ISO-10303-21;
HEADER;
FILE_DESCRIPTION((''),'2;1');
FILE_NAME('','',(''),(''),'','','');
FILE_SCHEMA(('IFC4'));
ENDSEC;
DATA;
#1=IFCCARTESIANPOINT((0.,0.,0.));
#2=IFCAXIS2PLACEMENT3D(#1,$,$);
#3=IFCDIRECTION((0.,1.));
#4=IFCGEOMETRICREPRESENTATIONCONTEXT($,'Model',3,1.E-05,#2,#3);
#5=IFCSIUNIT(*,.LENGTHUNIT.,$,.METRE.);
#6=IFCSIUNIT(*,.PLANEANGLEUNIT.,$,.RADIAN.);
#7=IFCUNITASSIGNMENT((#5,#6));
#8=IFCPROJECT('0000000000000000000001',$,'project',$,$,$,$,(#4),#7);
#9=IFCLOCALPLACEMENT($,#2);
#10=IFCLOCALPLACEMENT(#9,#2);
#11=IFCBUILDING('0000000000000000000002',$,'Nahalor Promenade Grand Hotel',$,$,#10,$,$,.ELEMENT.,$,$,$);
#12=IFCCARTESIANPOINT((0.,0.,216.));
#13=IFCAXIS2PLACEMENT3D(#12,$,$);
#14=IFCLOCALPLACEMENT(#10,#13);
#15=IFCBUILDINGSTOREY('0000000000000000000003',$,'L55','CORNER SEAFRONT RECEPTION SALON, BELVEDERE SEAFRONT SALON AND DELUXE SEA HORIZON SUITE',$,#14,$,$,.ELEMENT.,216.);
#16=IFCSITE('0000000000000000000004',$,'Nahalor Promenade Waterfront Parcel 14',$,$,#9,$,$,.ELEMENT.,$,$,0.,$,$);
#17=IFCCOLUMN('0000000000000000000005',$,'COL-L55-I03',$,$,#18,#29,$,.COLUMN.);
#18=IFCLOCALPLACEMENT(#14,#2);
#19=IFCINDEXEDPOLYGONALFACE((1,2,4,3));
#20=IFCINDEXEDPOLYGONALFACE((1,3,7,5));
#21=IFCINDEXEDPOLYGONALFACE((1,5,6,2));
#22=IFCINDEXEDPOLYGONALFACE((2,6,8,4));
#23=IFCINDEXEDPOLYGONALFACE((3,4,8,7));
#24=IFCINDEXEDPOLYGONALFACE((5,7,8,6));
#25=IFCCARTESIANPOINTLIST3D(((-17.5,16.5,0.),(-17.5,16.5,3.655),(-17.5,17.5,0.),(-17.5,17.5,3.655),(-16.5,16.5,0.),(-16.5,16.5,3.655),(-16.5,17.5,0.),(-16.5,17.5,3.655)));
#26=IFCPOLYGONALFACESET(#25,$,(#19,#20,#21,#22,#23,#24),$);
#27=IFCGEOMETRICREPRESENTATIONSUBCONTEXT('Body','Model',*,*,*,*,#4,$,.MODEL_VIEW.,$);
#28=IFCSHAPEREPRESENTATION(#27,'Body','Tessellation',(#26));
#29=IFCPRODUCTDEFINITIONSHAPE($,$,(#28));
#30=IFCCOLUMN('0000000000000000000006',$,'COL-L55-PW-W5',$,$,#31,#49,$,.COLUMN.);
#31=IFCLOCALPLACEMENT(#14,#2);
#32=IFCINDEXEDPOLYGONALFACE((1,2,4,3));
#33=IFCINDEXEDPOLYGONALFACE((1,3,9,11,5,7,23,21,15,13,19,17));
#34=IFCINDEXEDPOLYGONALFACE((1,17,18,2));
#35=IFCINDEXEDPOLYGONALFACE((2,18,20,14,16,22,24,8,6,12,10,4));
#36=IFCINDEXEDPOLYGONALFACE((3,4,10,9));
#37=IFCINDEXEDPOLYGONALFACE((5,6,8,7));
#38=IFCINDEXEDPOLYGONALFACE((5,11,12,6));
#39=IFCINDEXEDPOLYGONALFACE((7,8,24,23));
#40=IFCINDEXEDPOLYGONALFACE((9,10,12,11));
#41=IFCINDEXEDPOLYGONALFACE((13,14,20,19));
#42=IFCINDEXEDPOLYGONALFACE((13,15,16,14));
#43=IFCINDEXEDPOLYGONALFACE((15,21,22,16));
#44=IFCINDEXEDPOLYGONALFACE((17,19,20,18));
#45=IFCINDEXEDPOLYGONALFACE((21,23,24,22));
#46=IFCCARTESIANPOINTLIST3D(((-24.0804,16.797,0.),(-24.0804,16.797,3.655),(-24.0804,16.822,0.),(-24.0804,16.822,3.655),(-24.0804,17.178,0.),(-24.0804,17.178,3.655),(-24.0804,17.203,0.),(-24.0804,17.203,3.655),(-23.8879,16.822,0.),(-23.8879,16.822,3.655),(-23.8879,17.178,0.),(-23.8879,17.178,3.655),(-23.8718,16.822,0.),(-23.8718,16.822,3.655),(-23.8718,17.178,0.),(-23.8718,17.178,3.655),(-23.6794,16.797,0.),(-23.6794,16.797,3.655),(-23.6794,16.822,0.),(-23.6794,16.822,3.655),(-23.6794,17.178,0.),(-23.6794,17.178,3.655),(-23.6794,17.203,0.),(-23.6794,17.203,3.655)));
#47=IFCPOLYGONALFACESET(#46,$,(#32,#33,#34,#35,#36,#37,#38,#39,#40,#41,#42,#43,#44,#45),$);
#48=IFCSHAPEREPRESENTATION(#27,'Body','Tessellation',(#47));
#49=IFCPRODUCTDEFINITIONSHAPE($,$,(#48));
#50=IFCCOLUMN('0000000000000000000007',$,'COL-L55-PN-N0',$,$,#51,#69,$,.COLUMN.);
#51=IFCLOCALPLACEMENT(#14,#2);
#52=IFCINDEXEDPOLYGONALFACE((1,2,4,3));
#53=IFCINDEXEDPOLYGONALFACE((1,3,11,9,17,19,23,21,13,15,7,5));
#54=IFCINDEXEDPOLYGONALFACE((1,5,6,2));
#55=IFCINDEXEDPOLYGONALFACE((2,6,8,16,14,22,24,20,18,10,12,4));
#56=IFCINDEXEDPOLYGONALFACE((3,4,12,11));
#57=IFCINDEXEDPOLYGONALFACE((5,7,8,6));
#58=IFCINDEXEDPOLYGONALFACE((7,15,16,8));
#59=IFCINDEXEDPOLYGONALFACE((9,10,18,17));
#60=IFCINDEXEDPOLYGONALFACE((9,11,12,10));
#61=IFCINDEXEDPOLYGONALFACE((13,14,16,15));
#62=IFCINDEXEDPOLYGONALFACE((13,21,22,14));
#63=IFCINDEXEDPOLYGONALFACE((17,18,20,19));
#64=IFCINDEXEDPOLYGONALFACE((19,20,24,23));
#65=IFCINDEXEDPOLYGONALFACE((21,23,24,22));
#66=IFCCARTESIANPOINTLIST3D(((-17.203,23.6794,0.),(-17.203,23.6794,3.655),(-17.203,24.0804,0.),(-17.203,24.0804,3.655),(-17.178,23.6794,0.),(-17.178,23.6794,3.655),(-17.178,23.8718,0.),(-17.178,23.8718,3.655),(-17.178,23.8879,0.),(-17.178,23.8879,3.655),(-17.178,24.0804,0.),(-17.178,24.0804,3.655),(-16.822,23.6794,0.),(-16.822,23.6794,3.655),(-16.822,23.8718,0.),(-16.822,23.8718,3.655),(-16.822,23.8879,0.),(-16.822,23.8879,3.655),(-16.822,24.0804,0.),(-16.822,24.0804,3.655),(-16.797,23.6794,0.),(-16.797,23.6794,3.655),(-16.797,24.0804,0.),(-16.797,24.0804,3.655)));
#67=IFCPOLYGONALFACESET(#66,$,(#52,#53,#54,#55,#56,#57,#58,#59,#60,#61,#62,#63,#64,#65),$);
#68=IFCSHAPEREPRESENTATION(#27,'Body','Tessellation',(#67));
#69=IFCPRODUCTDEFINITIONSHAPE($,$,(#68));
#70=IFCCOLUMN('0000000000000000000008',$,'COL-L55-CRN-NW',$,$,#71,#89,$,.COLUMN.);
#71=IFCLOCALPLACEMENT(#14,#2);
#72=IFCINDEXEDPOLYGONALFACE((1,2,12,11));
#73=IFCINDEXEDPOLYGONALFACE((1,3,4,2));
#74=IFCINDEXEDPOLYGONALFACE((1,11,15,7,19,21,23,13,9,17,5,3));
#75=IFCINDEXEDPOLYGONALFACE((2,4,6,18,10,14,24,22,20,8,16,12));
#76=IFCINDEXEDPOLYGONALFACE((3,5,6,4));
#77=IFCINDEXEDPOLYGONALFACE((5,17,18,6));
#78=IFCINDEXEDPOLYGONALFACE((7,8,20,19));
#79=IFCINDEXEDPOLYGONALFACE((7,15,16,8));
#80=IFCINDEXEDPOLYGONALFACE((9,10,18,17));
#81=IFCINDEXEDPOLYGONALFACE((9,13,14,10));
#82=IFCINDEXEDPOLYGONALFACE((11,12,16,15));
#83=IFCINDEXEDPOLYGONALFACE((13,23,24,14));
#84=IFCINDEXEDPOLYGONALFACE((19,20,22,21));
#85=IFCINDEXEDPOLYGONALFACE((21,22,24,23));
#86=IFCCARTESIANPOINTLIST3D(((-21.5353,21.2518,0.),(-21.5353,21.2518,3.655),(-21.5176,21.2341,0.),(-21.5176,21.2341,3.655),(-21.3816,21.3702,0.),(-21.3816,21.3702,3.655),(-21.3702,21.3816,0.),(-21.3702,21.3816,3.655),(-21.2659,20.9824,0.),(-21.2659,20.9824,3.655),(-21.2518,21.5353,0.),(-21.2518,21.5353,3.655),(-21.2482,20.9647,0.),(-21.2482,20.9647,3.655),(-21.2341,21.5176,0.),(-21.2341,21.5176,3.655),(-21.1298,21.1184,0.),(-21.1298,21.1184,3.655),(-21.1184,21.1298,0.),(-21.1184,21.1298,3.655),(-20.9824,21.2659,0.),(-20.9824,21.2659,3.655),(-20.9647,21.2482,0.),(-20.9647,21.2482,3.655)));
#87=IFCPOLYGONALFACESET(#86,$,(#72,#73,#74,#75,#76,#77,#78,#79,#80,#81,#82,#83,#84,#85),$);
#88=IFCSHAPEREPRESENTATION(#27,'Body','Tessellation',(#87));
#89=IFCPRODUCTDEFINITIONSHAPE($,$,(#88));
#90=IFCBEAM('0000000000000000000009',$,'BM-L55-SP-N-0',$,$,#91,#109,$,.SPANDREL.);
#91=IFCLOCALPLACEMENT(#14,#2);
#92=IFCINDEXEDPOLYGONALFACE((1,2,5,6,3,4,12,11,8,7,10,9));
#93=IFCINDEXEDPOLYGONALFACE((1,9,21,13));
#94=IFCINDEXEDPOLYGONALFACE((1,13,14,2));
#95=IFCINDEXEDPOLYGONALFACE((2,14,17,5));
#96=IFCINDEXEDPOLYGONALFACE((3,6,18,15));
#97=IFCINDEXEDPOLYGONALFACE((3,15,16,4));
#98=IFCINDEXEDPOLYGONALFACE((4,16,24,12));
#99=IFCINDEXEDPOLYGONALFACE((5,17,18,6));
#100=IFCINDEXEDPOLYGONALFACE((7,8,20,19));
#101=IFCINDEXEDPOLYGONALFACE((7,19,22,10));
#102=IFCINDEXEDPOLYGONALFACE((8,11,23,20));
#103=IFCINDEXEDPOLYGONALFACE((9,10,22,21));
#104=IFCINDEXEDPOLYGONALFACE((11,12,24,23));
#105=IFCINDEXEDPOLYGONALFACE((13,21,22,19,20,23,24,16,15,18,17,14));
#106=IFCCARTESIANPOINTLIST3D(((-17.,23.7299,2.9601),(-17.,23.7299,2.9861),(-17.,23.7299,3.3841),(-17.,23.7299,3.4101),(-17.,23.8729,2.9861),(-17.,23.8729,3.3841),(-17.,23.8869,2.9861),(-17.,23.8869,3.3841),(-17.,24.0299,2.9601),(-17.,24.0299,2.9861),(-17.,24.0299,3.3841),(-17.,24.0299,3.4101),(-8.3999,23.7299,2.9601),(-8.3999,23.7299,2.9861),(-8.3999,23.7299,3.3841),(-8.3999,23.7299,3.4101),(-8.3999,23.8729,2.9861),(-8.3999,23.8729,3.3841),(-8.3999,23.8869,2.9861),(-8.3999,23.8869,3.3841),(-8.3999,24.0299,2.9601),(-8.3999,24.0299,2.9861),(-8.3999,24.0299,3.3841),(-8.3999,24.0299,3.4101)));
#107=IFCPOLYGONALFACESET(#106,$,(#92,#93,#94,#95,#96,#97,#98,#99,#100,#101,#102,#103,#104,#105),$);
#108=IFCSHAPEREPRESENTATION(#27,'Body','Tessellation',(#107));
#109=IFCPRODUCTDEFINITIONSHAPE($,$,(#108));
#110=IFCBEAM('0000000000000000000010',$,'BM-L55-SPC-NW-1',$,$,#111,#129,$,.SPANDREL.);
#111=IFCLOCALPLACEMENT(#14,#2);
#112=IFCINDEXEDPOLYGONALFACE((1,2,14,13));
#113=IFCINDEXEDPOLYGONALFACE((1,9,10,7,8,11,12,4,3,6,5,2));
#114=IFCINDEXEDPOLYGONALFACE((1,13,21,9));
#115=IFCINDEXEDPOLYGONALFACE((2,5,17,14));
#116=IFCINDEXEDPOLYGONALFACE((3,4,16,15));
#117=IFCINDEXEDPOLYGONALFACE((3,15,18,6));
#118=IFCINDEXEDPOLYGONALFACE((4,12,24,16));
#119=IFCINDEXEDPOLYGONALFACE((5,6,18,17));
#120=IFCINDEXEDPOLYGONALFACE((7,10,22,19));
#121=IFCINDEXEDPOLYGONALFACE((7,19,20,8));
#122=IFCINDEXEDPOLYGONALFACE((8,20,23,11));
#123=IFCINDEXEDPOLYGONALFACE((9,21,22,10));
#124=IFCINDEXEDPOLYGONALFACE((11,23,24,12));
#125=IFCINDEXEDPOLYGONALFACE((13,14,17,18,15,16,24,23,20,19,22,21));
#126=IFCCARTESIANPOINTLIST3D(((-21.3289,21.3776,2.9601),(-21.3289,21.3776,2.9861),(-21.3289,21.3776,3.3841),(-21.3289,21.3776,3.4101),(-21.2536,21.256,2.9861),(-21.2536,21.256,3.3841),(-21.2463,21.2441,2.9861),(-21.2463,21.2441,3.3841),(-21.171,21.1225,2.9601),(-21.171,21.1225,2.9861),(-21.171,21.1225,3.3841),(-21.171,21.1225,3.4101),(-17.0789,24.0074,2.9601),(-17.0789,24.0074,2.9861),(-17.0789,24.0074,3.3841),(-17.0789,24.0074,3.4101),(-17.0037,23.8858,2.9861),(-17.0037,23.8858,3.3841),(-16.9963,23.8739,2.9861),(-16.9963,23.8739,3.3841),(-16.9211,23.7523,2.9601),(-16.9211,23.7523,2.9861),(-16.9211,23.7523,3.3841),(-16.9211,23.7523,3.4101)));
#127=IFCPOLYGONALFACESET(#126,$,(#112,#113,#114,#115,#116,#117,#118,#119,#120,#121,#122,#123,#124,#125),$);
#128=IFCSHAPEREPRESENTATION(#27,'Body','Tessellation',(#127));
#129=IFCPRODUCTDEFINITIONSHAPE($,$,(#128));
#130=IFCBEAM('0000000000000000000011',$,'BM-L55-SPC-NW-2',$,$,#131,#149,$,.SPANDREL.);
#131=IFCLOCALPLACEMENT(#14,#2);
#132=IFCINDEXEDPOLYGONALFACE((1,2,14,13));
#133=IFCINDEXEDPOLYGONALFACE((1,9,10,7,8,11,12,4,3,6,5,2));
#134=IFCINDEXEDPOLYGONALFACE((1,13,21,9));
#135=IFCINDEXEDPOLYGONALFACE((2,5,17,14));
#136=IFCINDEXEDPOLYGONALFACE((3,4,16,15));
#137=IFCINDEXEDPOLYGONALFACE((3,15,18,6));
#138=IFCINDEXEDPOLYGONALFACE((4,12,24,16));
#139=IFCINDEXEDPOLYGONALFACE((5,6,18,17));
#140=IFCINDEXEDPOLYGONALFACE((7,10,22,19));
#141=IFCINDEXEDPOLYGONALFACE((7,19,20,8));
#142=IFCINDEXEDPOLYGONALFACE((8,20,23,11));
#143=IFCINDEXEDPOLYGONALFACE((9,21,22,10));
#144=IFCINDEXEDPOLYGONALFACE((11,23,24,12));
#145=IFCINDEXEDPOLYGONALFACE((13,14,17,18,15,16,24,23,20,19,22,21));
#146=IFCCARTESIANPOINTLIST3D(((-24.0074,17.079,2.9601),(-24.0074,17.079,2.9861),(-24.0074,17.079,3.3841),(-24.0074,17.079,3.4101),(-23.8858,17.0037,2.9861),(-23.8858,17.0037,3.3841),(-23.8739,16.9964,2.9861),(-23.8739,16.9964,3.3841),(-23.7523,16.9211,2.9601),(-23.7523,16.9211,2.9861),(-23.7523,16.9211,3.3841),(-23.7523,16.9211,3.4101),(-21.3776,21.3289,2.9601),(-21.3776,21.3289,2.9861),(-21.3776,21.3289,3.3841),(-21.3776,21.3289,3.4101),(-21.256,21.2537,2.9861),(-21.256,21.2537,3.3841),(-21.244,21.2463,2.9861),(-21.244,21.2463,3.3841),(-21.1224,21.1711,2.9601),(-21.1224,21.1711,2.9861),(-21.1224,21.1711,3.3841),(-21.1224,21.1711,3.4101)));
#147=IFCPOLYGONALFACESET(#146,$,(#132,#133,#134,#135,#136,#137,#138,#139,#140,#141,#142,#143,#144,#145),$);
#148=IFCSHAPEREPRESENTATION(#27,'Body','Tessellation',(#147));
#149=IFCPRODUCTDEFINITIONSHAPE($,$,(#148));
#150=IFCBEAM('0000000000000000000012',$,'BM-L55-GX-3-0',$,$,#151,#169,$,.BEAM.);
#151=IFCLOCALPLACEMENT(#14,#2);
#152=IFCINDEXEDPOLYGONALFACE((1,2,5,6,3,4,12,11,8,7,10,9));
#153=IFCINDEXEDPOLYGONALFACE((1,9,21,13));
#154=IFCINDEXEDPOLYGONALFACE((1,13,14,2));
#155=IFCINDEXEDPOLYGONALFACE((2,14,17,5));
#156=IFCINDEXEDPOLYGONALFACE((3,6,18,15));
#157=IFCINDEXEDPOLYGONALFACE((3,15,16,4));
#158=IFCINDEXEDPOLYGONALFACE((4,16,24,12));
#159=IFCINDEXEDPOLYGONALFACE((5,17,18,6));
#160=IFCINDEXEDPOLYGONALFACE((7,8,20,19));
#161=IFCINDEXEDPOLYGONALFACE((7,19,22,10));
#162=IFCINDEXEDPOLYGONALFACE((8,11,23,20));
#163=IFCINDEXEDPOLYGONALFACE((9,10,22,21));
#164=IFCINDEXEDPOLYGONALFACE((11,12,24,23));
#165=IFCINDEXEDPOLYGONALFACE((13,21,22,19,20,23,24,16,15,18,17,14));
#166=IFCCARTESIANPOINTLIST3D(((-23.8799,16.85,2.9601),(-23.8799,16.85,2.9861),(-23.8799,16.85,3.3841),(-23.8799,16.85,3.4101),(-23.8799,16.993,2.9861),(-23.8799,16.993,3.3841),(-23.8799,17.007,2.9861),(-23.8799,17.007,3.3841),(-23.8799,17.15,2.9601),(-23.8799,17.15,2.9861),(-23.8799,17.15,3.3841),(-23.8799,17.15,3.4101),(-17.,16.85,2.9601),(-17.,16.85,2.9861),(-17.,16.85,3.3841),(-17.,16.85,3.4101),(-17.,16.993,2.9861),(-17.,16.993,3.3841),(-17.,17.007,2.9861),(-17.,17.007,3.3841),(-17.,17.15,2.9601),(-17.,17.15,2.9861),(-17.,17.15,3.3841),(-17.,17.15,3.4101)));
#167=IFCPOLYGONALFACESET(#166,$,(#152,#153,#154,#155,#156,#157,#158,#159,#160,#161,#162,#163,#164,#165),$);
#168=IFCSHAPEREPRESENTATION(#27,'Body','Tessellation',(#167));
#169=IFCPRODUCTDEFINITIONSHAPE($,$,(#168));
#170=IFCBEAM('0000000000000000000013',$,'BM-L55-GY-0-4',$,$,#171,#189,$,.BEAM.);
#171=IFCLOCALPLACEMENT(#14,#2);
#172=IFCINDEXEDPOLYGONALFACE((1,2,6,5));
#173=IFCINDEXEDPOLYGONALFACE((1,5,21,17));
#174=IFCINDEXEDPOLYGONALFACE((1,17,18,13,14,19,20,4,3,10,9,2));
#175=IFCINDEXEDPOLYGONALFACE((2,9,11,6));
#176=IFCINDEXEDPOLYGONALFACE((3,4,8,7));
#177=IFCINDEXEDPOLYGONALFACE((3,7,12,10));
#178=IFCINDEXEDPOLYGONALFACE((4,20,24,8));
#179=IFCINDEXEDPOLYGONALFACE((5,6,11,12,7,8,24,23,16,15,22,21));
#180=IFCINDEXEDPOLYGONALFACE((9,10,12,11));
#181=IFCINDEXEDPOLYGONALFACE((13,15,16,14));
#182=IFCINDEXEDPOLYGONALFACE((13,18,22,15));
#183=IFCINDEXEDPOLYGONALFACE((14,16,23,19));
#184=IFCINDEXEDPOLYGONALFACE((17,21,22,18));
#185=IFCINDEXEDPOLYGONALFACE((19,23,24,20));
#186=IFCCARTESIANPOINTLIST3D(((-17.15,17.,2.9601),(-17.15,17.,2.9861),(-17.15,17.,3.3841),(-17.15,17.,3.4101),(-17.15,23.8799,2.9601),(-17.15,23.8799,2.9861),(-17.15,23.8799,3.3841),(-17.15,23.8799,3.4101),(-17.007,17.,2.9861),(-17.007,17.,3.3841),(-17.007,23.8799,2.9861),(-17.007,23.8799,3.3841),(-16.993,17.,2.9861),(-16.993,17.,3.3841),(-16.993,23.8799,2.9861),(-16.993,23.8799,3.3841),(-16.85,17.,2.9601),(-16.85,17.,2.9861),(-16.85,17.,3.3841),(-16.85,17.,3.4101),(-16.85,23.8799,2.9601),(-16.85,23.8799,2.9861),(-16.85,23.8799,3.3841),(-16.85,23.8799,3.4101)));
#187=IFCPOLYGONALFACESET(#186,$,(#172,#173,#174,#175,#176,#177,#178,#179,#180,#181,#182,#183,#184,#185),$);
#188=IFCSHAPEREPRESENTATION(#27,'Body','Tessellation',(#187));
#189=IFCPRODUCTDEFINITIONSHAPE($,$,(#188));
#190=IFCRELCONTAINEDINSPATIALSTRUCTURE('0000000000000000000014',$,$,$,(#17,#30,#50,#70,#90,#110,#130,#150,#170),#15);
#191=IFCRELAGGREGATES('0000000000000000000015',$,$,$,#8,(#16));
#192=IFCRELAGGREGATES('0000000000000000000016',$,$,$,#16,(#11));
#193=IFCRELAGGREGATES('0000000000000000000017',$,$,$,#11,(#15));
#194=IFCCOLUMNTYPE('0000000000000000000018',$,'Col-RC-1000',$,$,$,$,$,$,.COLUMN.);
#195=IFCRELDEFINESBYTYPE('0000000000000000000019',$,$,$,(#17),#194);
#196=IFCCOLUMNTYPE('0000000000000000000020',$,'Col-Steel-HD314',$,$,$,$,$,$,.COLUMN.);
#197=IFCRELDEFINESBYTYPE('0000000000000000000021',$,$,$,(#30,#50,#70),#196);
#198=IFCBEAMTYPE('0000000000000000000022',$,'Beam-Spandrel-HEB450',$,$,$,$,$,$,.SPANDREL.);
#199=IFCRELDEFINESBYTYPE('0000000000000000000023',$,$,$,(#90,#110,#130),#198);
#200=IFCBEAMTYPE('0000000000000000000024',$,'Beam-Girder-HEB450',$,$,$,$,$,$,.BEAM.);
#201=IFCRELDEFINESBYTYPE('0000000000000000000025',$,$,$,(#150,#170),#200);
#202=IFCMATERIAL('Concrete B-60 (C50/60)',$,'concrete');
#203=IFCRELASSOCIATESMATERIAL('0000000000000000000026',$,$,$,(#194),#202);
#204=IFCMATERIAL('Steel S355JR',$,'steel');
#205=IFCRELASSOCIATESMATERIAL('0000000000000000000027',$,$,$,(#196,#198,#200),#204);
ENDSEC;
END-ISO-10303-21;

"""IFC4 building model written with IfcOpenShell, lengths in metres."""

from ifc_helpers import new_model, si_unit, direction, frame, origin, origin_2d, place, context, subcontext, project, spatial, rectangle, i_section, extrude, source, transform, mapped, material, material_profile, profile_set, type_object, element, save


model = new_model("IFC4")

# Units and contexts
model_context = context("Model", 3, precision=1e-05, world=origin(), true_north=direction((0.0, 1.0)))
body_context = subcontext(model_context, "Body", "Model", "MODEL_VIEW")
ifc_project = project(units=[si_unit("LENGTHUNIT", "METRE"), si_unit("PLANEANGLEUNIT", "RADIAN")], contexts=[model_context])

# Site, building, storey
site_placement = place(None, origin())
site = spatial("IfcSite", under=ifc_project, at=site_placement, Name="Nahalor Promenade Waterfront Parcel 14", CompositionType="ELEMENT", RefElevation=0.0)
building_placement = place(site_placement, origin())
building = spatial("IfcBuilding", under=site, at=building_placement, Name="Nahalor Promenade Grand Hotel", CompositionType="ELEMENT")
storey_placement = place(building_placement, frame((0.0, 0.0, 216.0)))
storey = spatial("IfcBuildingStorey", under=building, at=storey_placement, Name="L55", Description="CORNER SEAFRONT RECEPTION SALON, BELVEDERE SEAFRONT SALON AND DELUXE SEA HORIZON SUITE", CompositionType="ELEMENT", Elevation=216.0)

# Columns
ifc_material_1 = material(Name="Concrete B-60 (C50/60)", Category="concrete")
ifc_material_profile_1 = material_profile(ifc_material_1, rectangle(XDim=1.0, YDim=1.0, at=origin_2d()), Name="RC 1000x1000")
ifc_profile_set_1 = profile_set([ifc_material_profile_1], Name="Concrete B-60 (C50/60)")
column_type_1 = type_object("IfcColumnType", Name="Col-RC-1000", PredefinedType="COLUMN", material=ifc_profile_set_1)
shared_shape_1 = source(origin(), body_context, "Body", "SweptSolid", [
    extrude(rectangle(XDim=1.0, YDim=1.0, at=origin_2d()), origin(), (0.0, 0.0, 1.0), 3.655),
])
column_placement = place(storey_placement, frame((-17.0, 17.0, 0.0), z_axis=(0.0, 0.0, 1.0), x_axis=(1.0, 0.0, 0.0)))
element("IfcColumn", 1, at=column_placement, inside=storey, type_object=column_type_1, Name="COL-L55-I03", PredefinedType="COLUMN", context=body_context, shape_type="MappedRepresentation", body=[
    mapped(shared_shape_1, transform((0.0, 0.0, 0.0), scale=1.0)),
])
ifc_material_2 = material(Name="Steel S355JR", Category="steel")
ifc_material_profile_2 = material_profile(ifc_material_2, i_section(OverallWidth=0.401, OverallDepth=0.406, WebThickness=0.0161, FlangeThickness=0.025, at=origin_2d()), Name="HD 400x314")
ifc_profile_set_2 = profile_set([ifc_material_profile_2], Name="Steel S355JR")
column_type_2 = type_object("IfcColumnType", Name="Col-Steel-HD314", PredefinedType="COLUMN", material=ifc_profile_set_2)
shared_shape_2 = source(origin(), body_context, "Body", "SweptSolid", [
    extrude(i_section(OverallWidth=0.401, OverallDepth=0.406, WebThickness=0.0161, FlangeThickness=0.025, at=origin_2d()), origin(), (0.0, 0.0, 1.0), 3.655),
])
for number, where, z_axis, x_axis, name in (
    (2, (-23.8799, 17.0, 0.0), (0.0, 0.0, 1.0), (1.0, 0.0, 0.0), "COL-L55-PW-W5"),
    (3, (-17.0, 23.8799, 0.0), (0.0, 0.0, 1.0), (0.0, 1.0, 0.0), "COL-L55-PN-N0"),
    (4, (-21.25, 21.25, 0.0), (0.0, 0.0, 1.0), (0.707107, 0.707107, 0.0), "COL-L55-CRN-NW"),
):
    element("IfcColumn", number, at=place(storey_placement, frame(where, z_axis=z_axis, x_axis=x_axis)), inside=storey, type_object=column_type_2, Name=name, PredefinedType="COLUMN", context=body_context, shape_type="MappedRepresentation", body=[
        mapped(shared_shape_2, transform((0.0, 0.0, 0.0), scale=1.0)),
    ])

# Beams
ifc_material_profile_3 = material_profile(ifc_material_2, i_section(OverallWidth=0.3, OverallDepth=0.45, WebThickness=0.014, FlangeThickness=0.026, at=origin_2d()), Name="HEB 450")
ifc_profile_set_3 = profile_set([ifc_material_profile_3], Name="Steel S355JR")
beam_type_1 = type_object("IfcBeamType", Name="Beam-Spandrel-HEB450", PredefinedType="SPANDREL", material=ifc_profile_set_3)
shared_shape_3 = source(origin(), body_context, "Body", "SweptSolid", [
    extrude(i_section(OverallWidth=0.3, OverallDepth=0.45, WebThickness=0.014, FlangeThickness=0.026, at=origin_2d()), origin(), (0.0, 0.0, 1.0), 8.6001),
])
beam_1_placement = place(storey_placement, frame((-17.0, 23.8799, 3.1851), z_axis=(1.0, 0.0, 0.0), x_axis=(0.0, 1.0, 0.0)))
element("IfcBeam", 5, at=beam_1_placement, inside=storey, type_object=beam_type_1, Name="BM-L55-SP-N-0", PredefinedType="SPANDREL", context=body_context, shape_type="MappedRepresentation", body=[
    mapped(shared_shape_3, transform((0.0, 0.0, 0.0), scale=1.0)),
])
shared_shape_4 = source(origin(), body_context, "Body", "SweptSolid", [
    extrude(i_section(OverallWidth=0.3, OverallDepth=0.45, WebThickness=0.014, FlangeThickness=0.026, at=origin_2d()), origin(), (0.0, 0.0, 1.0), 4.9978),
])
for number, where, z_axis, x_axis, name in (
    (6, (-17.0, 23.8799, 3.1851), (-0.850361, -0.5262, 0.0), (0.5262, -0.850361, 0.0), "BM-L55-SPC-NW-1"),
    (7, (-21.25, 21.25, 3.1851), (-0.5262, -0.850361, 0.0), (0.850361, -0.5262, 0.0), "BM-L55-SPC-NW-2"),
):
    element("IfcBeam", number, at=place(storey_placement, frame(where, z_axis=z_axis, x_axis=x_axis)), inside=storey, type_object=beam_type_1, Name=name, PredefinedType="SPANDREL", context=body_context, shape_type="MappedRepresentation", body=[
        mapped(shared_shape_4, transform((0.0, 0.0, 0.0), scale=1.0)),
    ])
ifc_material_profile_4 = material_profile(ifc_material_2, i_section(OverallWidth=0.3, OverallDepth=0.45, WebThickness=0.014, FlangeThickness=0.026, at=origin_2d()), Name="HEB 450")
ifc_profile_set_4 = profile_set([ifc_material_profile_4], Name="Steel S355JR")
beam_type_2 = type_object("IfcBeamType", Name="Beam-Girder-HEB450", PredefinedType="BEAM", material=ifc_profile_set_4)
shared_shape_5 = source(origin(), body_context, "Body", "SweptSolid", [
    extrude(i_section(OverallWidth=0.3, OverallDepth=0.45, WebThickness=0.014, FlangeThickness=0.026, at=origin_2d()), origin(), (0.0, 0.0, 1.0), 6.8799),
])
for number, where, z_axis, x_axis, name in (
    (8, (-23.8799, 17.0, 3.1851), (1.0, 0.0, 0.0), (0.0, 1.0, 0.0), "BM-L55-GX-3-0"),
    (9, (-17.0, 17.0, 3.1851), (0.0, 1.0, 0.0), (-1.0, 0.0, 0.0), "BM-L55-GY-0-4"),
):
    element("IfcBeam", number, at=place(storey_placement, frame(where, z_axis=z_axis, x_axis=x_axis)), inside=storey, type_object=beam_type_2, Name=name, PredefinedType="BEAM", context=body_context, shape_type="MappedRepresentation", body=[
        mapped(shared_shape_5, transform((0.0, 0.0, 0.0), scale=1.0)),
    ])

save(model, "model.ifc")
